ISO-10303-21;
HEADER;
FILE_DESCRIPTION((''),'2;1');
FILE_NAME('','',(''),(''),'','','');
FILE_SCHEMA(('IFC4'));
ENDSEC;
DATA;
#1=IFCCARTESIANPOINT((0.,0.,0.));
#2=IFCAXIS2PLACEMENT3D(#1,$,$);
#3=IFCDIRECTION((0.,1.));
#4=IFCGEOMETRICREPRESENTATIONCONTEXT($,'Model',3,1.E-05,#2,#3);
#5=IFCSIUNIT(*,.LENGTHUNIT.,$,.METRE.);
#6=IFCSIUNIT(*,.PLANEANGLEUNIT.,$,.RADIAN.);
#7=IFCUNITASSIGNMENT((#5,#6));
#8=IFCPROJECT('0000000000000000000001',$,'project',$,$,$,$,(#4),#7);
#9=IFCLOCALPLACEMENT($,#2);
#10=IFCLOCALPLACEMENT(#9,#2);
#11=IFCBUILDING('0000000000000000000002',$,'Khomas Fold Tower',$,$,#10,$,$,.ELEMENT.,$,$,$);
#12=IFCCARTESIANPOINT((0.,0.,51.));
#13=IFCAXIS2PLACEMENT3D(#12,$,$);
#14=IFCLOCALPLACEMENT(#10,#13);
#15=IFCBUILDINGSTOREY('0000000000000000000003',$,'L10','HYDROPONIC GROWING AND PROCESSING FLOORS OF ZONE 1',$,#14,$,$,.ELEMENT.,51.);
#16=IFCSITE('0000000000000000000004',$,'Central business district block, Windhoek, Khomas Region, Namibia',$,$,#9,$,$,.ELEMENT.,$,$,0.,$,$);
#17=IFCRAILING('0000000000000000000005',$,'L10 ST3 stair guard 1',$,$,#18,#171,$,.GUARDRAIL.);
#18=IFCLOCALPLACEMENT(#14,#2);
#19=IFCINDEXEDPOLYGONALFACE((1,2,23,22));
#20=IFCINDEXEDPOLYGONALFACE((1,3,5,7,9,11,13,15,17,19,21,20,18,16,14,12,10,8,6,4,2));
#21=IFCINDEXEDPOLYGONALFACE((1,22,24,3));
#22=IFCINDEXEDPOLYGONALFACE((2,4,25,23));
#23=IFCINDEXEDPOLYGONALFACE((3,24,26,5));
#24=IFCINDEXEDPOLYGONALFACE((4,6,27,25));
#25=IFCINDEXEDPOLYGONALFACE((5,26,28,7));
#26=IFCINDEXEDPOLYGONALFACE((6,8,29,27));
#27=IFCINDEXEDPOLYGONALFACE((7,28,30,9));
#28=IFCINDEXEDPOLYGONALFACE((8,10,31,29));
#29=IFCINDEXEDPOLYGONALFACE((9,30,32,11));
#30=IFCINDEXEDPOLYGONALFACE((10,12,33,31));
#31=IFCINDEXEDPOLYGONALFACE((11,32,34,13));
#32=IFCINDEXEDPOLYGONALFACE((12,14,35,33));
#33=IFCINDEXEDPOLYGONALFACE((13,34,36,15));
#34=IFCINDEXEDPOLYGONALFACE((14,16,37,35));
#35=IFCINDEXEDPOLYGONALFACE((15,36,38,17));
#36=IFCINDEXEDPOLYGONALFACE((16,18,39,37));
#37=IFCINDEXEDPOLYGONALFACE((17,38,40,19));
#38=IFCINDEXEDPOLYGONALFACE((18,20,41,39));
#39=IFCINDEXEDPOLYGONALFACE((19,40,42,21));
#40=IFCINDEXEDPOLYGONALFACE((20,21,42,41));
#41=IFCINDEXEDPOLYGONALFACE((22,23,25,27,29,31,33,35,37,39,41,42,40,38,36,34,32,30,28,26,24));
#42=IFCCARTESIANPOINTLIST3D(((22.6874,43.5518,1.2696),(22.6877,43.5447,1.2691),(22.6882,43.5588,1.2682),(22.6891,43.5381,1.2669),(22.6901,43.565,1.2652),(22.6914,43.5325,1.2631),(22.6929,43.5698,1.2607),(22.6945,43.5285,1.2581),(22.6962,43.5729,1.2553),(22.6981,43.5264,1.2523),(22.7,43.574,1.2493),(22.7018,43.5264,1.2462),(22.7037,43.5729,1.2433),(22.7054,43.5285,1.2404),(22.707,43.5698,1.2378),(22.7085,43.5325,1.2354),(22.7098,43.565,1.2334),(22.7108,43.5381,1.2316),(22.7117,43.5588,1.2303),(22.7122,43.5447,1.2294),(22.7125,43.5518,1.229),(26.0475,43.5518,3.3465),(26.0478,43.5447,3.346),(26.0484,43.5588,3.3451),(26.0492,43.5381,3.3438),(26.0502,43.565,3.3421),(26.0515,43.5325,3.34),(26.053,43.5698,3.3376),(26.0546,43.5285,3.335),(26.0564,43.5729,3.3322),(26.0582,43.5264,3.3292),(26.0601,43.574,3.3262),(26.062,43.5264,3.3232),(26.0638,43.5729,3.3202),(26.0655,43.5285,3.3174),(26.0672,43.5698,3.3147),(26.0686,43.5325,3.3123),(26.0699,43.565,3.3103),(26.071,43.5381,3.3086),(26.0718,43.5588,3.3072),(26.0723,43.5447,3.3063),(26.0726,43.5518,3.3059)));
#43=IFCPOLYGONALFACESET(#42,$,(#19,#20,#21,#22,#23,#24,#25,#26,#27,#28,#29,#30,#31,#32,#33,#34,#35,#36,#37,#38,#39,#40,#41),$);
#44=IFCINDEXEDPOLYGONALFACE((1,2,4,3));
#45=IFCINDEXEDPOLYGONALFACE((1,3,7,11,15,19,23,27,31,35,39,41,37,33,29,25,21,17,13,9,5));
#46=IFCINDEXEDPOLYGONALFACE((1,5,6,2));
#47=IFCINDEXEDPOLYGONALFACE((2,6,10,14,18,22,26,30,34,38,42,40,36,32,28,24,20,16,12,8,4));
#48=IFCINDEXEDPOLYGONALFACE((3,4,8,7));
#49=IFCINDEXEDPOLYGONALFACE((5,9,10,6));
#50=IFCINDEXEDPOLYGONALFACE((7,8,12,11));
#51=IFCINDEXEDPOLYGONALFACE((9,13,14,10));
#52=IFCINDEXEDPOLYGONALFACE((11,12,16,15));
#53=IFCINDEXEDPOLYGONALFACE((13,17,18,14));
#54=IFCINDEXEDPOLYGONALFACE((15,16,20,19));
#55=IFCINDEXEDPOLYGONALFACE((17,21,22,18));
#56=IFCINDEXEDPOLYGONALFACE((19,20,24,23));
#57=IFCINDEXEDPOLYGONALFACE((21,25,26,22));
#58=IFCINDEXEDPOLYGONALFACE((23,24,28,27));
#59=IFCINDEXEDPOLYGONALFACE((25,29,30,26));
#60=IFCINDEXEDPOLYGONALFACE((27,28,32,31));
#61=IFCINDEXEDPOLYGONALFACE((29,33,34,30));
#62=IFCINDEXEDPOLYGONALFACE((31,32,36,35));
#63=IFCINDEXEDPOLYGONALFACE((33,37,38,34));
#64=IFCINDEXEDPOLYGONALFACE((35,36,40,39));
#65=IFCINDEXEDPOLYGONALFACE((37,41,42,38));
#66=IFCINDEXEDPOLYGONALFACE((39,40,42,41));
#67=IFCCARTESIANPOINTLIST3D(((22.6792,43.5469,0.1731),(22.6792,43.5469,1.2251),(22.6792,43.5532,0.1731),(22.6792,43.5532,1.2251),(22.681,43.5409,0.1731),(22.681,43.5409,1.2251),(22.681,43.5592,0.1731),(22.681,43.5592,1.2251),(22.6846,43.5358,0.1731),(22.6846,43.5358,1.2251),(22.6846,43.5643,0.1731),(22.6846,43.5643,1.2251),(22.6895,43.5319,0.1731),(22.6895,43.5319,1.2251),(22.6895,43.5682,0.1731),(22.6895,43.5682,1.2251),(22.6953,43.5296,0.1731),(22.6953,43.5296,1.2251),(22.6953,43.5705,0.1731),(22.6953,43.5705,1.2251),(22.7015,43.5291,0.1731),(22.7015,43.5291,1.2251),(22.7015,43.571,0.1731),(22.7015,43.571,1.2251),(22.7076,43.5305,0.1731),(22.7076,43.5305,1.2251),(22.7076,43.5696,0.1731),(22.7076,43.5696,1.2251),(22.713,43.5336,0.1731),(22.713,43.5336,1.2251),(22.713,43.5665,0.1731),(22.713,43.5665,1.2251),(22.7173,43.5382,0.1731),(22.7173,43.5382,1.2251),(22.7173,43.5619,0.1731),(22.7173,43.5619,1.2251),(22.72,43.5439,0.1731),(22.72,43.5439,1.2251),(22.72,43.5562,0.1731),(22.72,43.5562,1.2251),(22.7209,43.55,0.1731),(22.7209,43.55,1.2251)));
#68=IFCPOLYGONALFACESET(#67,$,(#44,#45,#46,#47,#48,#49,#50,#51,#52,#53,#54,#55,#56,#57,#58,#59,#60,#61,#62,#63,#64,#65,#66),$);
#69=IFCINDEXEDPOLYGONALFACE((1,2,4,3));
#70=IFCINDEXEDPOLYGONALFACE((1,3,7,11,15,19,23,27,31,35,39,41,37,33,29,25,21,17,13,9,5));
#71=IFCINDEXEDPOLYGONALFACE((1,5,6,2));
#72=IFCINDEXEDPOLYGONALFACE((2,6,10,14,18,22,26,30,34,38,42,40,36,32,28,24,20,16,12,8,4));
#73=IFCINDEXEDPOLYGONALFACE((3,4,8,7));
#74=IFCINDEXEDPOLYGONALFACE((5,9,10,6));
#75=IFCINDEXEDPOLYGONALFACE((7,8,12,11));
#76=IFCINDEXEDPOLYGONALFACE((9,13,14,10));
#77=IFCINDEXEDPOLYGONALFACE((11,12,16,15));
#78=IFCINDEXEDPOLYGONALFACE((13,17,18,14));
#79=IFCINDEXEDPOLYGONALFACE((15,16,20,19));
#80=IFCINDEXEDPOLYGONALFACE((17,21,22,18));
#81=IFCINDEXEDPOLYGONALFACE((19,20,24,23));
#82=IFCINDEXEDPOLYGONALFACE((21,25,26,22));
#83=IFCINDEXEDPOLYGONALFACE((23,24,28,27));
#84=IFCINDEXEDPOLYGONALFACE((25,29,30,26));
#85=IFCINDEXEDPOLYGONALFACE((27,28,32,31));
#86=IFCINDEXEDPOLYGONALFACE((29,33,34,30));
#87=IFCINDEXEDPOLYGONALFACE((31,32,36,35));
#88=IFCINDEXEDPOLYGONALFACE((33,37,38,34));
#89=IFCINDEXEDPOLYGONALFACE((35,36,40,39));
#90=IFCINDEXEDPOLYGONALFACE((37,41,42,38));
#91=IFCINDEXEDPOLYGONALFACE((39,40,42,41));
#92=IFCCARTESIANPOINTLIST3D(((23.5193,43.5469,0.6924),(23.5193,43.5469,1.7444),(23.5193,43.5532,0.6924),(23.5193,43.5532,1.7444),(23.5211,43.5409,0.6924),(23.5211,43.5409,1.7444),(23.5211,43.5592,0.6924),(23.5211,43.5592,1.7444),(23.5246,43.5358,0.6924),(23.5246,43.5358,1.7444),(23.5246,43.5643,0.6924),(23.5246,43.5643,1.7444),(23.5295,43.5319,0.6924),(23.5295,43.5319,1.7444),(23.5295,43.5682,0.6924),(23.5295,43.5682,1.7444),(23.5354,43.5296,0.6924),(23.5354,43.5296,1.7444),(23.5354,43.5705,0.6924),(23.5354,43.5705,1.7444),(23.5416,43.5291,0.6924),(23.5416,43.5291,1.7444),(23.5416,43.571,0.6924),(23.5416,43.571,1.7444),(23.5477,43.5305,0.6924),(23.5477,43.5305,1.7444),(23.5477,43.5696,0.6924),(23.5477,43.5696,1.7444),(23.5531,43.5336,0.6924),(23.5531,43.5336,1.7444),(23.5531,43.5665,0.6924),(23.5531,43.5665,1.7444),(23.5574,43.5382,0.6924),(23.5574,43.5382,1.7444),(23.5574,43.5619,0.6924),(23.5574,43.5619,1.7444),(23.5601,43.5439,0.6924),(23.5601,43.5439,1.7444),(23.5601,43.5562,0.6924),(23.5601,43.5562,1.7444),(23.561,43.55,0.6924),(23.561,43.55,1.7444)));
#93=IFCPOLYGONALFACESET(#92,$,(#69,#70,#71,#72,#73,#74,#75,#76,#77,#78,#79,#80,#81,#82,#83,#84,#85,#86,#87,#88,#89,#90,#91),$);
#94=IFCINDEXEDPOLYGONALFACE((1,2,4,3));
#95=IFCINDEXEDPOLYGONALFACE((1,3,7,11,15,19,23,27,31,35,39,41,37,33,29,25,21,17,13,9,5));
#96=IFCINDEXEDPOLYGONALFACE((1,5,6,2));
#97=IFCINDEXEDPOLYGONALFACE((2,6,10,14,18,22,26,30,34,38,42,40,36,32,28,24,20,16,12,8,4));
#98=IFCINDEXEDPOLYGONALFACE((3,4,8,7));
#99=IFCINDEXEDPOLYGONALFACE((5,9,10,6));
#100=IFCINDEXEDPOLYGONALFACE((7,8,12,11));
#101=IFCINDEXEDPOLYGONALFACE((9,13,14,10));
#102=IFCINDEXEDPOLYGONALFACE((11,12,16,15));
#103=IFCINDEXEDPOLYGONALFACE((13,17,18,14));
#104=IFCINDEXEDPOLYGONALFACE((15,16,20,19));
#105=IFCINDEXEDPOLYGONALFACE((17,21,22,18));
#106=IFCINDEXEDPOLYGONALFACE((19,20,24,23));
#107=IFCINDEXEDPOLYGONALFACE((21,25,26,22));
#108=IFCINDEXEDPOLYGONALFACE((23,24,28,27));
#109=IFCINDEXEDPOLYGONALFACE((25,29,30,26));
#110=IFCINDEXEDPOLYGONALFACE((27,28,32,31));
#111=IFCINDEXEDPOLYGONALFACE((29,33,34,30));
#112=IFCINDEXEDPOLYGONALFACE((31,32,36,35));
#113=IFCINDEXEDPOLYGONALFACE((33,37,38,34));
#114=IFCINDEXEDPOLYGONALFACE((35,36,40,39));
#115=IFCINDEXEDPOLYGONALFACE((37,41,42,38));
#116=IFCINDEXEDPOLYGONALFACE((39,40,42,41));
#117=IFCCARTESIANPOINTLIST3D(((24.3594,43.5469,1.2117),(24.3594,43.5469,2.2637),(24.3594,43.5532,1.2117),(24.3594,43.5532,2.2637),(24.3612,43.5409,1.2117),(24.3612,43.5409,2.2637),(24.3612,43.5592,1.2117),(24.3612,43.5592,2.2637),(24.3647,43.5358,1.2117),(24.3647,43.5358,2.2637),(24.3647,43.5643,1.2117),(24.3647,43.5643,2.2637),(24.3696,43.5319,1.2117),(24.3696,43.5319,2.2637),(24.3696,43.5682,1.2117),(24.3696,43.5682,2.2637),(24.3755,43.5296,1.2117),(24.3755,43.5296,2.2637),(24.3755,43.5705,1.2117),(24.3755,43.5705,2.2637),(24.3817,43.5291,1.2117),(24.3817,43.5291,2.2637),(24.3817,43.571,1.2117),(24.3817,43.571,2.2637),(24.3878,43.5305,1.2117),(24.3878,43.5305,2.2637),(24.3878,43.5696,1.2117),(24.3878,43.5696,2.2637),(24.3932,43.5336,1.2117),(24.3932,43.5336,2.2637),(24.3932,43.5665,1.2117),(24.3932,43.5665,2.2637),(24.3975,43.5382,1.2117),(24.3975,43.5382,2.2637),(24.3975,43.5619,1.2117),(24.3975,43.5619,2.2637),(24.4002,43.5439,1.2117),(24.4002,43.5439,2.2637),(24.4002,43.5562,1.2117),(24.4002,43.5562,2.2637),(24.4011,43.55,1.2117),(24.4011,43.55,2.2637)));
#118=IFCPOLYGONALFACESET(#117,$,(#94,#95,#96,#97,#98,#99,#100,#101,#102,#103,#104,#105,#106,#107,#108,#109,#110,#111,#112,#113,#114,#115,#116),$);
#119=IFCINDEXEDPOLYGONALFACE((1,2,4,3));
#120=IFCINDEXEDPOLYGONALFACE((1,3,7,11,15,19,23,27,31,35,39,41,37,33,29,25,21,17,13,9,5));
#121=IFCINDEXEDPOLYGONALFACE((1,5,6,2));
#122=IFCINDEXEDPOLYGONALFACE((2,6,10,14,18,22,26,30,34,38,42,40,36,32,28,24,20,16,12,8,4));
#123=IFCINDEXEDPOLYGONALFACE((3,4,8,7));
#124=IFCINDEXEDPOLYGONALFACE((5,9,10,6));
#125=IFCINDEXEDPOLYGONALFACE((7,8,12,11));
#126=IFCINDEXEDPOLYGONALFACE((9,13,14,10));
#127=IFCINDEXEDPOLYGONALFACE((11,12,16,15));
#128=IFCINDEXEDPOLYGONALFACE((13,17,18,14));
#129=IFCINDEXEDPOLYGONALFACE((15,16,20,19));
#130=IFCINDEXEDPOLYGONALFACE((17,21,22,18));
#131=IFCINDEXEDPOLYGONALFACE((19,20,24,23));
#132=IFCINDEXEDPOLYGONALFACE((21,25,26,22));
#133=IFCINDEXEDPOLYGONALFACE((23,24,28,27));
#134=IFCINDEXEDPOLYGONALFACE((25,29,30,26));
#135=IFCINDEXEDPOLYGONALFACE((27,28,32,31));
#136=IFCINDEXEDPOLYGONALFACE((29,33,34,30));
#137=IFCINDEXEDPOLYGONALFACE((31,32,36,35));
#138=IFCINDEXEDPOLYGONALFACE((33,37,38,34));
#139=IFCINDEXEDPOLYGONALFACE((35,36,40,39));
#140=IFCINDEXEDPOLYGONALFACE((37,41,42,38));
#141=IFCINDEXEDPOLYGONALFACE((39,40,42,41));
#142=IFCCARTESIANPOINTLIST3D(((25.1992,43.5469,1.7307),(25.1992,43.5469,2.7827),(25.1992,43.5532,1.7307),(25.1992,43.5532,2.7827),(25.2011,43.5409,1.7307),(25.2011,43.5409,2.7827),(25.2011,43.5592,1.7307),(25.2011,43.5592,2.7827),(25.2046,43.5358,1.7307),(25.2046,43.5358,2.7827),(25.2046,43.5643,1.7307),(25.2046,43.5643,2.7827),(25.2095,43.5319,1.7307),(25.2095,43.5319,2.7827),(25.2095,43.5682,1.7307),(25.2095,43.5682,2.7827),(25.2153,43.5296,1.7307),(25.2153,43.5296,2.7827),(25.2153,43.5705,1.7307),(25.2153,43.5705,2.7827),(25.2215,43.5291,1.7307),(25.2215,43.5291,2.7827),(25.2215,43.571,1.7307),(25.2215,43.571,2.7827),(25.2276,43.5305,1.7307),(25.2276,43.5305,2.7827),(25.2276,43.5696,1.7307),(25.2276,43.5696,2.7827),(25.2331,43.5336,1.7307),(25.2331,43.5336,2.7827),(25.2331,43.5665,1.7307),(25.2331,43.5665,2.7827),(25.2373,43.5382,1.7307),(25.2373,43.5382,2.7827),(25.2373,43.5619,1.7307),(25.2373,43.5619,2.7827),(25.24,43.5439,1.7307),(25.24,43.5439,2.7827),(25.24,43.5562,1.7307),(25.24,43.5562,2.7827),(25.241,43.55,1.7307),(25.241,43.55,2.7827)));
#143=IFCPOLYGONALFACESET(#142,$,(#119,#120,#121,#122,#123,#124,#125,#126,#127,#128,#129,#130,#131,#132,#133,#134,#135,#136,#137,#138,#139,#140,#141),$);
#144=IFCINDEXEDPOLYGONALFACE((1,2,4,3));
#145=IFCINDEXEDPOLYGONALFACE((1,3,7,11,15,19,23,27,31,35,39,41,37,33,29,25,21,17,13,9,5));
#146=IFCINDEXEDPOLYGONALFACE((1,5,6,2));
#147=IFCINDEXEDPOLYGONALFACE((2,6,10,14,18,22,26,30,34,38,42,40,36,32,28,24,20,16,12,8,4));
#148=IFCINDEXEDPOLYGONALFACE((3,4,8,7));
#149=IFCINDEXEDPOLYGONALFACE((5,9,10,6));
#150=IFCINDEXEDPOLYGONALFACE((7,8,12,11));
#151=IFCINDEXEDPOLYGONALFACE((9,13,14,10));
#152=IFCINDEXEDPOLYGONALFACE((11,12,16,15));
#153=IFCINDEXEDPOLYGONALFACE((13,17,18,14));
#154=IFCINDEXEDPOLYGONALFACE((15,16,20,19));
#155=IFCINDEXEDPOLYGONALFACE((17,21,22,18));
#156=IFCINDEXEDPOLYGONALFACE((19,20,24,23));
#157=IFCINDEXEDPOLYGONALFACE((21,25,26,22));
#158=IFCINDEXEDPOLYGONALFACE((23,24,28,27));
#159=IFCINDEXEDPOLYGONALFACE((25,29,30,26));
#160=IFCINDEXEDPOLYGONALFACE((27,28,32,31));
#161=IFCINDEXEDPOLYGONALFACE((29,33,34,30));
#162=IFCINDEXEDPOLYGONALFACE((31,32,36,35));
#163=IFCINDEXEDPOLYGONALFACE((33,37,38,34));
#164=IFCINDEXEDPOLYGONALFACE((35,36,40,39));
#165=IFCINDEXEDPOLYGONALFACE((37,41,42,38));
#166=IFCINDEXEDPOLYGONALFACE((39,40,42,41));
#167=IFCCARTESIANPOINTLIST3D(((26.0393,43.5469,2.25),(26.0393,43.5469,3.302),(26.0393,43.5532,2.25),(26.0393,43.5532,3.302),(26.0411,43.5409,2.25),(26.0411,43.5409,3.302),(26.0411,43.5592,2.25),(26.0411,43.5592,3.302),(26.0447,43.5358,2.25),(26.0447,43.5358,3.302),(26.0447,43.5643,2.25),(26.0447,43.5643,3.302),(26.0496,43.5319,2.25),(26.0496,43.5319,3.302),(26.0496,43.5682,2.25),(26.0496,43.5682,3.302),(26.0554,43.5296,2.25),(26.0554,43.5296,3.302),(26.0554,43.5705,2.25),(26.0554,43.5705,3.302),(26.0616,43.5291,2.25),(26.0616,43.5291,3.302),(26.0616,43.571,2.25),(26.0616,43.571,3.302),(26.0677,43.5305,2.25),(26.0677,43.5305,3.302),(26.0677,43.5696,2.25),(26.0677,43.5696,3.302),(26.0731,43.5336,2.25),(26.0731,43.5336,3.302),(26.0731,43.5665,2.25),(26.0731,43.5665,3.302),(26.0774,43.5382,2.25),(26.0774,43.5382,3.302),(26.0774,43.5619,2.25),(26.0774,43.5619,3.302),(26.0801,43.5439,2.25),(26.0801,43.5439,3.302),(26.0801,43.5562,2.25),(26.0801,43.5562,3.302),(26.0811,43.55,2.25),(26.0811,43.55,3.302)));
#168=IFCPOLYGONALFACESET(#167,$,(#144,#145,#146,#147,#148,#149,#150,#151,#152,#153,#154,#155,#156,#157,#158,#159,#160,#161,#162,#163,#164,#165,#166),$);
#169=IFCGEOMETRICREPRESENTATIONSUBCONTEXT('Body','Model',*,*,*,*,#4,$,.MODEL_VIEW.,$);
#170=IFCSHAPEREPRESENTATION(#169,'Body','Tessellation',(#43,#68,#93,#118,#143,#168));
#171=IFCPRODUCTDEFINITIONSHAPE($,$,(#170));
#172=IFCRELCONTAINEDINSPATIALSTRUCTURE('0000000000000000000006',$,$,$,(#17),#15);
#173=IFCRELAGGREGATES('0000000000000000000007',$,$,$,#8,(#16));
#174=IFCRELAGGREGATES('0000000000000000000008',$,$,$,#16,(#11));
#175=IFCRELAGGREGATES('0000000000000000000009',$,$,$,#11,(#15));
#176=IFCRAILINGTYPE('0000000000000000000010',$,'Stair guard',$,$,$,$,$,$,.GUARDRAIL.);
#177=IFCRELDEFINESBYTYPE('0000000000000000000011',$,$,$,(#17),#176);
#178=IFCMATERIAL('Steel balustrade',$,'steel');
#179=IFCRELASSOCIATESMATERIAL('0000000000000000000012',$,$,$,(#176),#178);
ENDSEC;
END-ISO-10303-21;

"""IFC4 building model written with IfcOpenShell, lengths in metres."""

from ifc_helpers import new_model, si_unit, direction, frame, origin, origin_2d, place, context, subcontext, project, spatial, circle, extrude, source, transform, mapped, material, type_object, element, save


model = new_model("IFC4")

# Units and contexts
model_context = context("Model", 3, precision=1e-05, world=origin(), true_north=direction((0.0, 1.0)))
body_context = subcontext(model_context, "Body", "Model", "MODEL_VIEW")
ifc_project = project(units=[si_unit("LENGTHUNIT", "METRE"), si_unit("PLANEANGLEUNIT", "RADIAN")], contexts=[model_context])

# Site, building, storey
site_placement = place(None, origin())
site = spatial("IfcSite", under=ifc_project, at=site_placement, Name="Central business district block, Windhoek, Khomas Region, Namibia", CompositionType="ELEMENT", RefElevation=0.0)
building_placement = place(site_placement, origin())
building = spatial("IfcBuilding", under=site, at=building_placement, Name="Khomas Fold Tower", CompositionType="ELEMENT")
storey_placement = place(building_placement, frame((0.0, 0.0, 51.0)))
storey = spatial("IfcBuildingStorey", under=building, at=storey_placement, Name="L10", Description="HYDROPONIC GROWING AND PROCESSING FLOORS OF ZONE 1", CompositionType="ELEMENT", Elevation=51.0)

# Railing
ifc_material_1 = material(Name="Steel balustrade", Category="steel")
railing_type_1 = type_object("IfcRailingType", Name="Stair guard", PredefinedType="GUARDRAIL", material=ifc_material_1)
shared_shape_1 = source(origin(), body_context, "Body", "SweptSolid", [
    extrude(circle(Radius=0.0239, at=origin_2d()), frame((0.0, 0.0, 1.0762), z_axis=(0.850623, 0.0, 0.525776), x_axis=(0.0, 1.0, 0.0)), (0.0, 0.0, 1.0), 3.9502),
    extrude(circle(Radius=0.021, at=origin_2d()), origin(), (0.0, 0.0, 1.0), 1.052),
    extrude(circle(Radius=0.021, at=origin_2d()), frame((0.8401, 0.0, 0.5193)), (0.0, 0.0, 1.0), 1.052),
    extrude(circle(Radius=0.021, at=origin_2d()), frame((1.6802, 0.0, 1.0386)), (0.0, 0.0, 1.0), 1.052),
    extrude(circle(Radius=0.021, at=origin_2d()), frame((2.52, 0.0, 1.5576)), (0.0, 0.0, 1.0), 1.052),
    extrude(circle(Radius=0.021, at=origin_2d()), frame((3.3601, 0.0, 2.0769)), (0.0, 0.0, 1.0), 1.052),
])
railing_1_placement = place(storey_placement, frame((22.7, 43.55, 0.1731)))
element("IfcRailing", 1, at=railing_1_placement, inside=storey, type_object=railing_type_1, Name="L10 ST3 stair guard 1", PredefinedType="GUARDRAIL", context=body_context, shape_type="MappedRepresentation", body=[
    mapped(shared_shape_1, transform((0.0, 0.0, 0.0))),
])

save(model, "model.ifc")
